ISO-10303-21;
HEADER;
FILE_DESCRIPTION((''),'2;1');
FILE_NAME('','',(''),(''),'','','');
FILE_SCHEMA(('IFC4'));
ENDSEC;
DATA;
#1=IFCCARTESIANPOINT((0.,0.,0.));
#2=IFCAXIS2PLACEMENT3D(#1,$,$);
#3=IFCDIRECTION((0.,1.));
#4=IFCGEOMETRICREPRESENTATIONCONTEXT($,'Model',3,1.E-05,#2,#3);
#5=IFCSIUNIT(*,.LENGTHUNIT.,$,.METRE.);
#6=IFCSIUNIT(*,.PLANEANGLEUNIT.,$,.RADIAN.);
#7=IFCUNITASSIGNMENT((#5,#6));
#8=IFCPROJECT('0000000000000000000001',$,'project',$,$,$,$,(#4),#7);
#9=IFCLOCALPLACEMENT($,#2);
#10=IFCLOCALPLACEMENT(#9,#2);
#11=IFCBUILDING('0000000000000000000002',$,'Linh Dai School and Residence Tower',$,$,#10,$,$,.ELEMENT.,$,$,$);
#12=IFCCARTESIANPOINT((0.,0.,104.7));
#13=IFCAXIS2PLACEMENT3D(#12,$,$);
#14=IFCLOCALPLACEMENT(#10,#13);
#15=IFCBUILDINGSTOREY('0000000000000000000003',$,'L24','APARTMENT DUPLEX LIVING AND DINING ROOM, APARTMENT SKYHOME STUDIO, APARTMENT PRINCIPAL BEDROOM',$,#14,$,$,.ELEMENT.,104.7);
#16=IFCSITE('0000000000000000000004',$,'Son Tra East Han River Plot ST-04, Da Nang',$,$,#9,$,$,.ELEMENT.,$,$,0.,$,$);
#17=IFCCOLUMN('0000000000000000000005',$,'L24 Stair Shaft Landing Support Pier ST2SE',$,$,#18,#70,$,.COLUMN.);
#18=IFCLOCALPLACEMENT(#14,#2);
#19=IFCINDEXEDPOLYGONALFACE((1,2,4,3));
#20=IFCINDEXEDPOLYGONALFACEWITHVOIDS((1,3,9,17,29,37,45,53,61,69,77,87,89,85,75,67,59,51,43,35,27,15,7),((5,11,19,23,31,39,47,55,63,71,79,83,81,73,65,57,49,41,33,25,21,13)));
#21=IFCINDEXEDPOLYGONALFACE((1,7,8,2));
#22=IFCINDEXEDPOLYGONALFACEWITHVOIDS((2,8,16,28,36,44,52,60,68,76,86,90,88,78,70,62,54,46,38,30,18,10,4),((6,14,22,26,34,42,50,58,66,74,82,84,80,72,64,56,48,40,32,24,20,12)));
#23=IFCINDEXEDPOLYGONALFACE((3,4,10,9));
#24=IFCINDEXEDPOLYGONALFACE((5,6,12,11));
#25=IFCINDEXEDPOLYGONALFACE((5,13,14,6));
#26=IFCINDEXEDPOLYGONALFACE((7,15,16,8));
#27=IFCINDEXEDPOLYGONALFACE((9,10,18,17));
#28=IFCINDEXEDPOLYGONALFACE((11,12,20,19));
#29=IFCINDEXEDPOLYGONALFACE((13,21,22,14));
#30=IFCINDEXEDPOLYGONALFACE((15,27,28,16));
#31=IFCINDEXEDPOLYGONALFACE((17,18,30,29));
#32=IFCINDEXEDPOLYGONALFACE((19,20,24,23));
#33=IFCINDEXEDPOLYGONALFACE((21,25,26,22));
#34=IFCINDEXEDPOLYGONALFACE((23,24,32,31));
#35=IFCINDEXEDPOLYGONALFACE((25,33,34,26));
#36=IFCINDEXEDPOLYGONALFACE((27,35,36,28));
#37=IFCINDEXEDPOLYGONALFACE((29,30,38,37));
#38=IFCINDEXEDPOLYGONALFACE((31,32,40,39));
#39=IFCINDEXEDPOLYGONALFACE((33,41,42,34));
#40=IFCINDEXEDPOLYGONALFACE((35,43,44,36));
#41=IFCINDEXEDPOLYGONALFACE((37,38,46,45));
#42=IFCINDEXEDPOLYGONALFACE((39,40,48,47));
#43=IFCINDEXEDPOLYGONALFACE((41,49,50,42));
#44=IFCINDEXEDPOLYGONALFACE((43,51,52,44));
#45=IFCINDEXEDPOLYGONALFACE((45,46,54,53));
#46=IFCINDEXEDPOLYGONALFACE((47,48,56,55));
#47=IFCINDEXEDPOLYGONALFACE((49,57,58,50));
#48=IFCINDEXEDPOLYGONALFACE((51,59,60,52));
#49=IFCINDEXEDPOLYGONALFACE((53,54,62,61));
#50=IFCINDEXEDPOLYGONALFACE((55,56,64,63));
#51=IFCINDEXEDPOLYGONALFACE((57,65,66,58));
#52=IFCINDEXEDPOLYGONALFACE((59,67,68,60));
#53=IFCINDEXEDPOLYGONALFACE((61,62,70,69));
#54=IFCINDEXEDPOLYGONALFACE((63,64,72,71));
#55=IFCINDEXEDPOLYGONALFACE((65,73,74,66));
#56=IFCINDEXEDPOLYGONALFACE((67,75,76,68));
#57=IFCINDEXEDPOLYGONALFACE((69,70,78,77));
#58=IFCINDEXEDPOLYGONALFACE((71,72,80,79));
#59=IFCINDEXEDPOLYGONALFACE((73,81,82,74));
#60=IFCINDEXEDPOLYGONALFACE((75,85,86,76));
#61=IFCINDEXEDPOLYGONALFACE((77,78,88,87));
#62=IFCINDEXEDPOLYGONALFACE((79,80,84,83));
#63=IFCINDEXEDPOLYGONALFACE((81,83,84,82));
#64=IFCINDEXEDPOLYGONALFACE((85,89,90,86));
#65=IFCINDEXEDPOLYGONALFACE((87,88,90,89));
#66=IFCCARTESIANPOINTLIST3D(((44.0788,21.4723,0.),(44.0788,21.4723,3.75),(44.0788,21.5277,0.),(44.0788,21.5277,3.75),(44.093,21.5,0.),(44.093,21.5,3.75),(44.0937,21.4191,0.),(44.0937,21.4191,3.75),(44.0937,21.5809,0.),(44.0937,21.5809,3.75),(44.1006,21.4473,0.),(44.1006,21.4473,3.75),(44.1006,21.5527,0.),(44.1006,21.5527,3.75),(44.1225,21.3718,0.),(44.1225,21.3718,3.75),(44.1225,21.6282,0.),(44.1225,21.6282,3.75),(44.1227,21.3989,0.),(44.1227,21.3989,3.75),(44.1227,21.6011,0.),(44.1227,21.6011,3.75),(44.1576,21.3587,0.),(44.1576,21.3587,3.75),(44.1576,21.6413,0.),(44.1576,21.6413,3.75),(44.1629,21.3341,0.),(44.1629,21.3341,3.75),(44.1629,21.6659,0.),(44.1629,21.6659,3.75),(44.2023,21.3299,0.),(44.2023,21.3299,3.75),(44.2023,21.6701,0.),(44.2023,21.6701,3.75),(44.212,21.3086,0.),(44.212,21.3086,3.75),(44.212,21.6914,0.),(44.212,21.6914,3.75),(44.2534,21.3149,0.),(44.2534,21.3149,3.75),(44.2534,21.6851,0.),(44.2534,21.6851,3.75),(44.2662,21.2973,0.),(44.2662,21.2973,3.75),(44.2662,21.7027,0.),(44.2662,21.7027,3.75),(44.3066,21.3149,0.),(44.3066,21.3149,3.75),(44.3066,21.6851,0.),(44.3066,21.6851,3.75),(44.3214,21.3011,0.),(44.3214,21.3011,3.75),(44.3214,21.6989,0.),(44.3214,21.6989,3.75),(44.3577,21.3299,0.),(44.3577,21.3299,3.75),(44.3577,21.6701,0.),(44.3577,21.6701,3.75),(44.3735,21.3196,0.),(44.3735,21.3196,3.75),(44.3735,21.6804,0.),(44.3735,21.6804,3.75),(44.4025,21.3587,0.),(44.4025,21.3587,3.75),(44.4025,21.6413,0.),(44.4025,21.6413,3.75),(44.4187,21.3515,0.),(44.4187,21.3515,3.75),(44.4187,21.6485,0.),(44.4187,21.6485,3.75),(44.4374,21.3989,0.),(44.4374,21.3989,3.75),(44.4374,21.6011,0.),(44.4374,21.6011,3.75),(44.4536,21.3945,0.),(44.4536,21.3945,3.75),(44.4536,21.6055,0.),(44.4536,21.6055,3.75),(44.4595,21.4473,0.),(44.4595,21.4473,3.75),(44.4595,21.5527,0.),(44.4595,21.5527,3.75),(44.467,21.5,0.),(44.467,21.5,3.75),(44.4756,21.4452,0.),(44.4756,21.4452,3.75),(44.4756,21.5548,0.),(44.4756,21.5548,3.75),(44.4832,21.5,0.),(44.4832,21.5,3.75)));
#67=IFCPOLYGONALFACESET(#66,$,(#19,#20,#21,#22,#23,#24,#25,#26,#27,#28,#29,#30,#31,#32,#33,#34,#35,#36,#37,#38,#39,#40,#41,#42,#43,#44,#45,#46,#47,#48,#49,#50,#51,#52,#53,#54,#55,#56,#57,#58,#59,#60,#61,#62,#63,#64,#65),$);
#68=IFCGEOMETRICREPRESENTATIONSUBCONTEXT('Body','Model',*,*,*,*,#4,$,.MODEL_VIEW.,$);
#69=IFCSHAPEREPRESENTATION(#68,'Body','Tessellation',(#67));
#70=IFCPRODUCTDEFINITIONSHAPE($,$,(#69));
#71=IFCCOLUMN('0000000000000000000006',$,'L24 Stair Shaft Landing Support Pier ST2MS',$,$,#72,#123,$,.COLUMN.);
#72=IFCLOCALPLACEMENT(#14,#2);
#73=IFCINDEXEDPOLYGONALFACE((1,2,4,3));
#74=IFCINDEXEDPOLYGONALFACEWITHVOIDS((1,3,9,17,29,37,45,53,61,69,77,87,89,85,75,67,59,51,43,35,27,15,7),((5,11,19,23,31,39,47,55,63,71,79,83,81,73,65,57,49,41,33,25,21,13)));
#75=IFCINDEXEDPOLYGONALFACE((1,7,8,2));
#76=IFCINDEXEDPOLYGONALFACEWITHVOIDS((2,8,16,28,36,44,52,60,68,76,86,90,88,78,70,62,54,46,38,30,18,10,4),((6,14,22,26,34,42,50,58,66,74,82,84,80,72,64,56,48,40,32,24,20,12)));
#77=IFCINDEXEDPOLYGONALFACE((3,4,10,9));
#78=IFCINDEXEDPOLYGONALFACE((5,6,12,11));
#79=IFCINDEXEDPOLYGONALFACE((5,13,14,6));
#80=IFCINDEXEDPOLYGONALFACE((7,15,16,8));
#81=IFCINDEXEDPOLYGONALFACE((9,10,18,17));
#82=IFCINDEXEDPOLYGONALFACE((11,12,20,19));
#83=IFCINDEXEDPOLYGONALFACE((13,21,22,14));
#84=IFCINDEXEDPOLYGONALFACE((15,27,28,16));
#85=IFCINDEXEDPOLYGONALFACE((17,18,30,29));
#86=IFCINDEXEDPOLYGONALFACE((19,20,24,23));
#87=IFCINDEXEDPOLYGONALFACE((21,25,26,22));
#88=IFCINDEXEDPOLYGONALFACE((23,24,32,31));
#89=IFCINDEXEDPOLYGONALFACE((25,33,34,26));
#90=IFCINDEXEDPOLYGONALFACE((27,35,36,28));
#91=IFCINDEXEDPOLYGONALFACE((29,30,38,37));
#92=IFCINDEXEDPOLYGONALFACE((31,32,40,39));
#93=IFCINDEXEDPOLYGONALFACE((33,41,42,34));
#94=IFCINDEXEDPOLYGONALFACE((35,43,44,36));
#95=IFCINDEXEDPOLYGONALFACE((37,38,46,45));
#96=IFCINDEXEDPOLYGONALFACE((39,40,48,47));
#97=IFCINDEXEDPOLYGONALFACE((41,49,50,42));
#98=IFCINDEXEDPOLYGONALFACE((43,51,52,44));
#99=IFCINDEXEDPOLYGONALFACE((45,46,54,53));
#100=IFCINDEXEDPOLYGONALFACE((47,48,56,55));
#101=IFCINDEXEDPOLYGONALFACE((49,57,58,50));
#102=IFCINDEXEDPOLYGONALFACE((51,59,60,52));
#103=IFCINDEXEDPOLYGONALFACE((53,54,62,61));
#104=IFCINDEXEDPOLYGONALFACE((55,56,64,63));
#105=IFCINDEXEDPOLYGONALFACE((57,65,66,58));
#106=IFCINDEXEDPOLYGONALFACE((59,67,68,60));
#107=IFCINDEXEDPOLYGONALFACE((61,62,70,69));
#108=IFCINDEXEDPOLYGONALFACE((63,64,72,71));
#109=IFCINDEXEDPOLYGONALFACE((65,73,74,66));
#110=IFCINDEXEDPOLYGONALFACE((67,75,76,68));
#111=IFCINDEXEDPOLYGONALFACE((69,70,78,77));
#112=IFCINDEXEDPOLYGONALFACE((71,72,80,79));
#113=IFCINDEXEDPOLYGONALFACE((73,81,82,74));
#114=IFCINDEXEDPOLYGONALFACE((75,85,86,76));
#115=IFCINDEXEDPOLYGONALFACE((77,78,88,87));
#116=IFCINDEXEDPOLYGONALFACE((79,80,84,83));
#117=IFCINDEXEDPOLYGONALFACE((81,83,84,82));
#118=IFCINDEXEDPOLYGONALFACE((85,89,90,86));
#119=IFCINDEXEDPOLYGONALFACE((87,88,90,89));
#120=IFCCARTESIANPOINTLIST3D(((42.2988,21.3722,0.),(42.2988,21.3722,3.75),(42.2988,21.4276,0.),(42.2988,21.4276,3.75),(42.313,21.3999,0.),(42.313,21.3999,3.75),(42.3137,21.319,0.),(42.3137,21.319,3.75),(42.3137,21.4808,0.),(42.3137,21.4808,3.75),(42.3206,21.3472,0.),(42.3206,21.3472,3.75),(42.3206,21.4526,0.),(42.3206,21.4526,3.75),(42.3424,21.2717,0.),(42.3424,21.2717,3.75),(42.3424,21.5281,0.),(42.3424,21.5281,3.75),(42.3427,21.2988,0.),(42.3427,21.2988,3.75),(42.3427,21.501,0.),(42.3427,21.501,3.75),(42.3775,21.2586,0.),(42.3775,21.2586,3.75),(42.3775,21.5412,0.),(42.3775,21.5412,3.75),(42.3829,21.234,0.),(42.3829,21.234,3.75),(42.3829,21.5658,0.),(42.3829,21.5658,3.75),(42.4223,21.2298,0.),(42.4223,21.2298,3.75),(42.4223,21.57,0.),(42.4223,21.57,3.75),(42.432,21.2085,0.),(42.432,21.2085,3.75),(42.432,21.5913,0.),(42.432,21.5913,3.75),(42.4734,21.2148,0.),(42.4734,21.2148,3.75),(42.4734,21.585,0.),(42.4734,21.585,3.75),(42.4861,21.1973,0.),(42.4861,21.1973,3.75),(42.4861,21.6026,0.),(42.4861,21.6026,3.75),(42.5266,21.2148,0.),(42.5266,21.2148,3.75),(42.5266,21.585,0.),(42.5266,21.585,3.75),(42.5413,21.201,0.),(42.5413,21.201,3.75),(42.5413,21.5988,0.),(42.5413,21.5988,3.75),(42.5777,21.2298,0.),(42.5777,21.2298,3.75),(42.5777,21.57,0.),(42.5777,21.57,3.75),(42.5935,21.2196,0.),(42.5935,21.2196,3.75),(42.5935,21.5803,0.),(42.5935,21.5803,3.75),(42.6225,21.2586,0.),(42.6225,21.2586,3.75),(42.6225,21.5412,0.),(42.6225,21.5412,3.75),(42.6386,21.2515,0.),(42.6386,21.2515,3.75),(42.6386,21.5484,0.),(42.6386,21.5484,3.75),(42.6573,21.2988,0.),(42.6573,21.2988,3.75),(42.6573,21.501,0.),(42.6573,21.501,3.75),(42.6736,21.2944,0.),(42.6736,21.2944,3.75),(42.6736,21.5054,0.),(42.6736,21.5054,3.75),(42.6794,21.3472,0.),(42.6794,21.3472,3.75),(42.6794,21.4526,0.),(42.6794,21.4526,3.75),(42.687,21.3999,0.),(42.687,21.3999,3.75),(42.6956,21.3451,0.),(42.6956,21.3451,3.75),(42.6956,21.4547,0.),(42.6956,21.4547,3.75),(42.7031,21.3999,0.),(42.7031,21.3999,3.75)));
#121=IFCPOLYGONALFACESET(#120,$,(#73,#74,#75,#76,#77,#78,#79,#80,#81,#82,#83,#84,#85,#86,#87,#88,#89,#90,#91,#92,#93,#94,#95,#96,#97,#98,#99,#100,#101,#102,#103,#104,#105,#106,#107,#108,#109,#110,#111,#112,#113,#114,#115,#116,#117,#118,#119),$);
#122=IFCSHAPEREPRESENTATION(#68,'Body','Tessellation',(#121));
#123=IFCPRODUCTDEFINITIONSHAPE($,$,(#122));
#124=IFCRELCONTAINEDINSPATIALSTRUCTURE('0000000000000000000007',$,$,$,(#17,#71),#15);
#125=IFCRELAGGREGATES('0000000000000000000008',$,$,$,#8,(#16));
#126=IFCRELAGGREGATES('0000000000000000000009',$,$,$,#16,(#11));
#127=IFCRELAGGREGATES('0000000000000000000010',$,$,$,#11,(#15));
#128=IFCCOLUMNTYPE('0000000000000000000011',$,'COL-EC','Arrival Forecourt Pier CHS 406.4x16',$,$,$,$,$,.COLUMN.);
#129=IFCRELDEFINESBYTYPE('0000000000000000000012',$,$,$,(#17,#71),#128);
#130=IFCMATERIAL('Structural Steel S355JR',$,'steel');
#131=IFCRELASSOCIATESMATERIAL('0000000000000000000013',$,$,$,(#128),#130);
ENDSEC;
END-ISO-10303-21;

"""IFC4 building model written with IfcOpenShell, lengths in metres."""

from ifc_helpers import new_model, si_unit, direction, frame, origin, origin_2d, place, context, subcontext, project, spatial, hollow_circle, extrude, material, material_profile, profile_set, type_object, element, save


model = new_model("IFC4")

# Units and contexts
model_context = context("Model", 3, precision=1e-05, world=origin(), true_north=direction((0.0, 1.0)))
body_context = subcontext(model_context, "Body", "Model", "MODEL_VIEW")
ifc_project = project(units=[si_unit("LENGTHUNIT", "METRE"), si_unit("PLANEANGLEUNIT", "RADIAN")], contexts=[model_context])

# Site, building, storey
site_placement = place(None, origin())
site = spatial("IfcSite", under=ifc_project, at=site_placement, Name="Son Tra East Han River Plot ST-04, Da Nang", CompositionType="ELEMENT", RefElevation=0.0)
building_placement = place(site_placement, origin())
building = spatial("IfcBuilding", under=site, at=building_placement, Name="Linh Dai School and Residence Tower", CompositionType="ELEMENT")
storey_placement = place(building_placement, frame((0.0, 0.0, 104.7)))
storey = spatial("IfcBuildingStorey", under=building, at=storey_placement, Name="L24", Description="APARTMENT DUPLEX LIVING AND DINING ROOM, APARTMENT SKYHOME STUDIO, APARTMENT PRINCIPAL BEDROOM", CompositionType="ELEMENT", Elevation=104.7)

# Columns
ifc_material_1 = material(Name="Structural Steel S355JR", Category="steel")
ifc_material_profile_1 = material_profile(ifc_material_1, hollow_circle(Radius=0.2031, WallThickness=0.0161, at=origin_2d()), Name="CHS 406.4x16")
ifc_profile_set_1 = profile_set([ifc_material_profile_1], Name="Structural Steel S355JR")
column_type_1 = type_object("IfcColumnType", Name="COL-EC", Description="Arrival Forecourt Pier CHS 406.4x16", PredefinedType="COLUMN", material=ifc_profile_set_1)
for number, where, z_axis, x_axis, name in (
    (1, (44.28, 21.5, 0.0), (0.0, 0.0, 1.0), (1.0, 0.0, 0.0), "L24 Stair Shaft Landing Support Pier ST2SE"),
    (2, (42.5, 21.3999, 0.0), (0.0, 0.0, 1.0), (1.0, 0.0, 0.0), "L24 Stair Shaft Landing Support Pier ST2MS"),
):
    element("IfcColumn", number, at=place(storey_placement, frame(where, z_axis=z_axis, x_axis=x_axis)), inside=storey, type_object=column_type_1, Name=name, PredefinedType="COLUMN", context=body_context, shape_type="SweptSolid", body=[
        extrude(hollow_circle(Radius=0.2031, WallThickness=0.0161, at=origin_2d()), origin(), (0.0, 0.0, 1.0), 3.75),
    ])

save(model, "model.ifc")
